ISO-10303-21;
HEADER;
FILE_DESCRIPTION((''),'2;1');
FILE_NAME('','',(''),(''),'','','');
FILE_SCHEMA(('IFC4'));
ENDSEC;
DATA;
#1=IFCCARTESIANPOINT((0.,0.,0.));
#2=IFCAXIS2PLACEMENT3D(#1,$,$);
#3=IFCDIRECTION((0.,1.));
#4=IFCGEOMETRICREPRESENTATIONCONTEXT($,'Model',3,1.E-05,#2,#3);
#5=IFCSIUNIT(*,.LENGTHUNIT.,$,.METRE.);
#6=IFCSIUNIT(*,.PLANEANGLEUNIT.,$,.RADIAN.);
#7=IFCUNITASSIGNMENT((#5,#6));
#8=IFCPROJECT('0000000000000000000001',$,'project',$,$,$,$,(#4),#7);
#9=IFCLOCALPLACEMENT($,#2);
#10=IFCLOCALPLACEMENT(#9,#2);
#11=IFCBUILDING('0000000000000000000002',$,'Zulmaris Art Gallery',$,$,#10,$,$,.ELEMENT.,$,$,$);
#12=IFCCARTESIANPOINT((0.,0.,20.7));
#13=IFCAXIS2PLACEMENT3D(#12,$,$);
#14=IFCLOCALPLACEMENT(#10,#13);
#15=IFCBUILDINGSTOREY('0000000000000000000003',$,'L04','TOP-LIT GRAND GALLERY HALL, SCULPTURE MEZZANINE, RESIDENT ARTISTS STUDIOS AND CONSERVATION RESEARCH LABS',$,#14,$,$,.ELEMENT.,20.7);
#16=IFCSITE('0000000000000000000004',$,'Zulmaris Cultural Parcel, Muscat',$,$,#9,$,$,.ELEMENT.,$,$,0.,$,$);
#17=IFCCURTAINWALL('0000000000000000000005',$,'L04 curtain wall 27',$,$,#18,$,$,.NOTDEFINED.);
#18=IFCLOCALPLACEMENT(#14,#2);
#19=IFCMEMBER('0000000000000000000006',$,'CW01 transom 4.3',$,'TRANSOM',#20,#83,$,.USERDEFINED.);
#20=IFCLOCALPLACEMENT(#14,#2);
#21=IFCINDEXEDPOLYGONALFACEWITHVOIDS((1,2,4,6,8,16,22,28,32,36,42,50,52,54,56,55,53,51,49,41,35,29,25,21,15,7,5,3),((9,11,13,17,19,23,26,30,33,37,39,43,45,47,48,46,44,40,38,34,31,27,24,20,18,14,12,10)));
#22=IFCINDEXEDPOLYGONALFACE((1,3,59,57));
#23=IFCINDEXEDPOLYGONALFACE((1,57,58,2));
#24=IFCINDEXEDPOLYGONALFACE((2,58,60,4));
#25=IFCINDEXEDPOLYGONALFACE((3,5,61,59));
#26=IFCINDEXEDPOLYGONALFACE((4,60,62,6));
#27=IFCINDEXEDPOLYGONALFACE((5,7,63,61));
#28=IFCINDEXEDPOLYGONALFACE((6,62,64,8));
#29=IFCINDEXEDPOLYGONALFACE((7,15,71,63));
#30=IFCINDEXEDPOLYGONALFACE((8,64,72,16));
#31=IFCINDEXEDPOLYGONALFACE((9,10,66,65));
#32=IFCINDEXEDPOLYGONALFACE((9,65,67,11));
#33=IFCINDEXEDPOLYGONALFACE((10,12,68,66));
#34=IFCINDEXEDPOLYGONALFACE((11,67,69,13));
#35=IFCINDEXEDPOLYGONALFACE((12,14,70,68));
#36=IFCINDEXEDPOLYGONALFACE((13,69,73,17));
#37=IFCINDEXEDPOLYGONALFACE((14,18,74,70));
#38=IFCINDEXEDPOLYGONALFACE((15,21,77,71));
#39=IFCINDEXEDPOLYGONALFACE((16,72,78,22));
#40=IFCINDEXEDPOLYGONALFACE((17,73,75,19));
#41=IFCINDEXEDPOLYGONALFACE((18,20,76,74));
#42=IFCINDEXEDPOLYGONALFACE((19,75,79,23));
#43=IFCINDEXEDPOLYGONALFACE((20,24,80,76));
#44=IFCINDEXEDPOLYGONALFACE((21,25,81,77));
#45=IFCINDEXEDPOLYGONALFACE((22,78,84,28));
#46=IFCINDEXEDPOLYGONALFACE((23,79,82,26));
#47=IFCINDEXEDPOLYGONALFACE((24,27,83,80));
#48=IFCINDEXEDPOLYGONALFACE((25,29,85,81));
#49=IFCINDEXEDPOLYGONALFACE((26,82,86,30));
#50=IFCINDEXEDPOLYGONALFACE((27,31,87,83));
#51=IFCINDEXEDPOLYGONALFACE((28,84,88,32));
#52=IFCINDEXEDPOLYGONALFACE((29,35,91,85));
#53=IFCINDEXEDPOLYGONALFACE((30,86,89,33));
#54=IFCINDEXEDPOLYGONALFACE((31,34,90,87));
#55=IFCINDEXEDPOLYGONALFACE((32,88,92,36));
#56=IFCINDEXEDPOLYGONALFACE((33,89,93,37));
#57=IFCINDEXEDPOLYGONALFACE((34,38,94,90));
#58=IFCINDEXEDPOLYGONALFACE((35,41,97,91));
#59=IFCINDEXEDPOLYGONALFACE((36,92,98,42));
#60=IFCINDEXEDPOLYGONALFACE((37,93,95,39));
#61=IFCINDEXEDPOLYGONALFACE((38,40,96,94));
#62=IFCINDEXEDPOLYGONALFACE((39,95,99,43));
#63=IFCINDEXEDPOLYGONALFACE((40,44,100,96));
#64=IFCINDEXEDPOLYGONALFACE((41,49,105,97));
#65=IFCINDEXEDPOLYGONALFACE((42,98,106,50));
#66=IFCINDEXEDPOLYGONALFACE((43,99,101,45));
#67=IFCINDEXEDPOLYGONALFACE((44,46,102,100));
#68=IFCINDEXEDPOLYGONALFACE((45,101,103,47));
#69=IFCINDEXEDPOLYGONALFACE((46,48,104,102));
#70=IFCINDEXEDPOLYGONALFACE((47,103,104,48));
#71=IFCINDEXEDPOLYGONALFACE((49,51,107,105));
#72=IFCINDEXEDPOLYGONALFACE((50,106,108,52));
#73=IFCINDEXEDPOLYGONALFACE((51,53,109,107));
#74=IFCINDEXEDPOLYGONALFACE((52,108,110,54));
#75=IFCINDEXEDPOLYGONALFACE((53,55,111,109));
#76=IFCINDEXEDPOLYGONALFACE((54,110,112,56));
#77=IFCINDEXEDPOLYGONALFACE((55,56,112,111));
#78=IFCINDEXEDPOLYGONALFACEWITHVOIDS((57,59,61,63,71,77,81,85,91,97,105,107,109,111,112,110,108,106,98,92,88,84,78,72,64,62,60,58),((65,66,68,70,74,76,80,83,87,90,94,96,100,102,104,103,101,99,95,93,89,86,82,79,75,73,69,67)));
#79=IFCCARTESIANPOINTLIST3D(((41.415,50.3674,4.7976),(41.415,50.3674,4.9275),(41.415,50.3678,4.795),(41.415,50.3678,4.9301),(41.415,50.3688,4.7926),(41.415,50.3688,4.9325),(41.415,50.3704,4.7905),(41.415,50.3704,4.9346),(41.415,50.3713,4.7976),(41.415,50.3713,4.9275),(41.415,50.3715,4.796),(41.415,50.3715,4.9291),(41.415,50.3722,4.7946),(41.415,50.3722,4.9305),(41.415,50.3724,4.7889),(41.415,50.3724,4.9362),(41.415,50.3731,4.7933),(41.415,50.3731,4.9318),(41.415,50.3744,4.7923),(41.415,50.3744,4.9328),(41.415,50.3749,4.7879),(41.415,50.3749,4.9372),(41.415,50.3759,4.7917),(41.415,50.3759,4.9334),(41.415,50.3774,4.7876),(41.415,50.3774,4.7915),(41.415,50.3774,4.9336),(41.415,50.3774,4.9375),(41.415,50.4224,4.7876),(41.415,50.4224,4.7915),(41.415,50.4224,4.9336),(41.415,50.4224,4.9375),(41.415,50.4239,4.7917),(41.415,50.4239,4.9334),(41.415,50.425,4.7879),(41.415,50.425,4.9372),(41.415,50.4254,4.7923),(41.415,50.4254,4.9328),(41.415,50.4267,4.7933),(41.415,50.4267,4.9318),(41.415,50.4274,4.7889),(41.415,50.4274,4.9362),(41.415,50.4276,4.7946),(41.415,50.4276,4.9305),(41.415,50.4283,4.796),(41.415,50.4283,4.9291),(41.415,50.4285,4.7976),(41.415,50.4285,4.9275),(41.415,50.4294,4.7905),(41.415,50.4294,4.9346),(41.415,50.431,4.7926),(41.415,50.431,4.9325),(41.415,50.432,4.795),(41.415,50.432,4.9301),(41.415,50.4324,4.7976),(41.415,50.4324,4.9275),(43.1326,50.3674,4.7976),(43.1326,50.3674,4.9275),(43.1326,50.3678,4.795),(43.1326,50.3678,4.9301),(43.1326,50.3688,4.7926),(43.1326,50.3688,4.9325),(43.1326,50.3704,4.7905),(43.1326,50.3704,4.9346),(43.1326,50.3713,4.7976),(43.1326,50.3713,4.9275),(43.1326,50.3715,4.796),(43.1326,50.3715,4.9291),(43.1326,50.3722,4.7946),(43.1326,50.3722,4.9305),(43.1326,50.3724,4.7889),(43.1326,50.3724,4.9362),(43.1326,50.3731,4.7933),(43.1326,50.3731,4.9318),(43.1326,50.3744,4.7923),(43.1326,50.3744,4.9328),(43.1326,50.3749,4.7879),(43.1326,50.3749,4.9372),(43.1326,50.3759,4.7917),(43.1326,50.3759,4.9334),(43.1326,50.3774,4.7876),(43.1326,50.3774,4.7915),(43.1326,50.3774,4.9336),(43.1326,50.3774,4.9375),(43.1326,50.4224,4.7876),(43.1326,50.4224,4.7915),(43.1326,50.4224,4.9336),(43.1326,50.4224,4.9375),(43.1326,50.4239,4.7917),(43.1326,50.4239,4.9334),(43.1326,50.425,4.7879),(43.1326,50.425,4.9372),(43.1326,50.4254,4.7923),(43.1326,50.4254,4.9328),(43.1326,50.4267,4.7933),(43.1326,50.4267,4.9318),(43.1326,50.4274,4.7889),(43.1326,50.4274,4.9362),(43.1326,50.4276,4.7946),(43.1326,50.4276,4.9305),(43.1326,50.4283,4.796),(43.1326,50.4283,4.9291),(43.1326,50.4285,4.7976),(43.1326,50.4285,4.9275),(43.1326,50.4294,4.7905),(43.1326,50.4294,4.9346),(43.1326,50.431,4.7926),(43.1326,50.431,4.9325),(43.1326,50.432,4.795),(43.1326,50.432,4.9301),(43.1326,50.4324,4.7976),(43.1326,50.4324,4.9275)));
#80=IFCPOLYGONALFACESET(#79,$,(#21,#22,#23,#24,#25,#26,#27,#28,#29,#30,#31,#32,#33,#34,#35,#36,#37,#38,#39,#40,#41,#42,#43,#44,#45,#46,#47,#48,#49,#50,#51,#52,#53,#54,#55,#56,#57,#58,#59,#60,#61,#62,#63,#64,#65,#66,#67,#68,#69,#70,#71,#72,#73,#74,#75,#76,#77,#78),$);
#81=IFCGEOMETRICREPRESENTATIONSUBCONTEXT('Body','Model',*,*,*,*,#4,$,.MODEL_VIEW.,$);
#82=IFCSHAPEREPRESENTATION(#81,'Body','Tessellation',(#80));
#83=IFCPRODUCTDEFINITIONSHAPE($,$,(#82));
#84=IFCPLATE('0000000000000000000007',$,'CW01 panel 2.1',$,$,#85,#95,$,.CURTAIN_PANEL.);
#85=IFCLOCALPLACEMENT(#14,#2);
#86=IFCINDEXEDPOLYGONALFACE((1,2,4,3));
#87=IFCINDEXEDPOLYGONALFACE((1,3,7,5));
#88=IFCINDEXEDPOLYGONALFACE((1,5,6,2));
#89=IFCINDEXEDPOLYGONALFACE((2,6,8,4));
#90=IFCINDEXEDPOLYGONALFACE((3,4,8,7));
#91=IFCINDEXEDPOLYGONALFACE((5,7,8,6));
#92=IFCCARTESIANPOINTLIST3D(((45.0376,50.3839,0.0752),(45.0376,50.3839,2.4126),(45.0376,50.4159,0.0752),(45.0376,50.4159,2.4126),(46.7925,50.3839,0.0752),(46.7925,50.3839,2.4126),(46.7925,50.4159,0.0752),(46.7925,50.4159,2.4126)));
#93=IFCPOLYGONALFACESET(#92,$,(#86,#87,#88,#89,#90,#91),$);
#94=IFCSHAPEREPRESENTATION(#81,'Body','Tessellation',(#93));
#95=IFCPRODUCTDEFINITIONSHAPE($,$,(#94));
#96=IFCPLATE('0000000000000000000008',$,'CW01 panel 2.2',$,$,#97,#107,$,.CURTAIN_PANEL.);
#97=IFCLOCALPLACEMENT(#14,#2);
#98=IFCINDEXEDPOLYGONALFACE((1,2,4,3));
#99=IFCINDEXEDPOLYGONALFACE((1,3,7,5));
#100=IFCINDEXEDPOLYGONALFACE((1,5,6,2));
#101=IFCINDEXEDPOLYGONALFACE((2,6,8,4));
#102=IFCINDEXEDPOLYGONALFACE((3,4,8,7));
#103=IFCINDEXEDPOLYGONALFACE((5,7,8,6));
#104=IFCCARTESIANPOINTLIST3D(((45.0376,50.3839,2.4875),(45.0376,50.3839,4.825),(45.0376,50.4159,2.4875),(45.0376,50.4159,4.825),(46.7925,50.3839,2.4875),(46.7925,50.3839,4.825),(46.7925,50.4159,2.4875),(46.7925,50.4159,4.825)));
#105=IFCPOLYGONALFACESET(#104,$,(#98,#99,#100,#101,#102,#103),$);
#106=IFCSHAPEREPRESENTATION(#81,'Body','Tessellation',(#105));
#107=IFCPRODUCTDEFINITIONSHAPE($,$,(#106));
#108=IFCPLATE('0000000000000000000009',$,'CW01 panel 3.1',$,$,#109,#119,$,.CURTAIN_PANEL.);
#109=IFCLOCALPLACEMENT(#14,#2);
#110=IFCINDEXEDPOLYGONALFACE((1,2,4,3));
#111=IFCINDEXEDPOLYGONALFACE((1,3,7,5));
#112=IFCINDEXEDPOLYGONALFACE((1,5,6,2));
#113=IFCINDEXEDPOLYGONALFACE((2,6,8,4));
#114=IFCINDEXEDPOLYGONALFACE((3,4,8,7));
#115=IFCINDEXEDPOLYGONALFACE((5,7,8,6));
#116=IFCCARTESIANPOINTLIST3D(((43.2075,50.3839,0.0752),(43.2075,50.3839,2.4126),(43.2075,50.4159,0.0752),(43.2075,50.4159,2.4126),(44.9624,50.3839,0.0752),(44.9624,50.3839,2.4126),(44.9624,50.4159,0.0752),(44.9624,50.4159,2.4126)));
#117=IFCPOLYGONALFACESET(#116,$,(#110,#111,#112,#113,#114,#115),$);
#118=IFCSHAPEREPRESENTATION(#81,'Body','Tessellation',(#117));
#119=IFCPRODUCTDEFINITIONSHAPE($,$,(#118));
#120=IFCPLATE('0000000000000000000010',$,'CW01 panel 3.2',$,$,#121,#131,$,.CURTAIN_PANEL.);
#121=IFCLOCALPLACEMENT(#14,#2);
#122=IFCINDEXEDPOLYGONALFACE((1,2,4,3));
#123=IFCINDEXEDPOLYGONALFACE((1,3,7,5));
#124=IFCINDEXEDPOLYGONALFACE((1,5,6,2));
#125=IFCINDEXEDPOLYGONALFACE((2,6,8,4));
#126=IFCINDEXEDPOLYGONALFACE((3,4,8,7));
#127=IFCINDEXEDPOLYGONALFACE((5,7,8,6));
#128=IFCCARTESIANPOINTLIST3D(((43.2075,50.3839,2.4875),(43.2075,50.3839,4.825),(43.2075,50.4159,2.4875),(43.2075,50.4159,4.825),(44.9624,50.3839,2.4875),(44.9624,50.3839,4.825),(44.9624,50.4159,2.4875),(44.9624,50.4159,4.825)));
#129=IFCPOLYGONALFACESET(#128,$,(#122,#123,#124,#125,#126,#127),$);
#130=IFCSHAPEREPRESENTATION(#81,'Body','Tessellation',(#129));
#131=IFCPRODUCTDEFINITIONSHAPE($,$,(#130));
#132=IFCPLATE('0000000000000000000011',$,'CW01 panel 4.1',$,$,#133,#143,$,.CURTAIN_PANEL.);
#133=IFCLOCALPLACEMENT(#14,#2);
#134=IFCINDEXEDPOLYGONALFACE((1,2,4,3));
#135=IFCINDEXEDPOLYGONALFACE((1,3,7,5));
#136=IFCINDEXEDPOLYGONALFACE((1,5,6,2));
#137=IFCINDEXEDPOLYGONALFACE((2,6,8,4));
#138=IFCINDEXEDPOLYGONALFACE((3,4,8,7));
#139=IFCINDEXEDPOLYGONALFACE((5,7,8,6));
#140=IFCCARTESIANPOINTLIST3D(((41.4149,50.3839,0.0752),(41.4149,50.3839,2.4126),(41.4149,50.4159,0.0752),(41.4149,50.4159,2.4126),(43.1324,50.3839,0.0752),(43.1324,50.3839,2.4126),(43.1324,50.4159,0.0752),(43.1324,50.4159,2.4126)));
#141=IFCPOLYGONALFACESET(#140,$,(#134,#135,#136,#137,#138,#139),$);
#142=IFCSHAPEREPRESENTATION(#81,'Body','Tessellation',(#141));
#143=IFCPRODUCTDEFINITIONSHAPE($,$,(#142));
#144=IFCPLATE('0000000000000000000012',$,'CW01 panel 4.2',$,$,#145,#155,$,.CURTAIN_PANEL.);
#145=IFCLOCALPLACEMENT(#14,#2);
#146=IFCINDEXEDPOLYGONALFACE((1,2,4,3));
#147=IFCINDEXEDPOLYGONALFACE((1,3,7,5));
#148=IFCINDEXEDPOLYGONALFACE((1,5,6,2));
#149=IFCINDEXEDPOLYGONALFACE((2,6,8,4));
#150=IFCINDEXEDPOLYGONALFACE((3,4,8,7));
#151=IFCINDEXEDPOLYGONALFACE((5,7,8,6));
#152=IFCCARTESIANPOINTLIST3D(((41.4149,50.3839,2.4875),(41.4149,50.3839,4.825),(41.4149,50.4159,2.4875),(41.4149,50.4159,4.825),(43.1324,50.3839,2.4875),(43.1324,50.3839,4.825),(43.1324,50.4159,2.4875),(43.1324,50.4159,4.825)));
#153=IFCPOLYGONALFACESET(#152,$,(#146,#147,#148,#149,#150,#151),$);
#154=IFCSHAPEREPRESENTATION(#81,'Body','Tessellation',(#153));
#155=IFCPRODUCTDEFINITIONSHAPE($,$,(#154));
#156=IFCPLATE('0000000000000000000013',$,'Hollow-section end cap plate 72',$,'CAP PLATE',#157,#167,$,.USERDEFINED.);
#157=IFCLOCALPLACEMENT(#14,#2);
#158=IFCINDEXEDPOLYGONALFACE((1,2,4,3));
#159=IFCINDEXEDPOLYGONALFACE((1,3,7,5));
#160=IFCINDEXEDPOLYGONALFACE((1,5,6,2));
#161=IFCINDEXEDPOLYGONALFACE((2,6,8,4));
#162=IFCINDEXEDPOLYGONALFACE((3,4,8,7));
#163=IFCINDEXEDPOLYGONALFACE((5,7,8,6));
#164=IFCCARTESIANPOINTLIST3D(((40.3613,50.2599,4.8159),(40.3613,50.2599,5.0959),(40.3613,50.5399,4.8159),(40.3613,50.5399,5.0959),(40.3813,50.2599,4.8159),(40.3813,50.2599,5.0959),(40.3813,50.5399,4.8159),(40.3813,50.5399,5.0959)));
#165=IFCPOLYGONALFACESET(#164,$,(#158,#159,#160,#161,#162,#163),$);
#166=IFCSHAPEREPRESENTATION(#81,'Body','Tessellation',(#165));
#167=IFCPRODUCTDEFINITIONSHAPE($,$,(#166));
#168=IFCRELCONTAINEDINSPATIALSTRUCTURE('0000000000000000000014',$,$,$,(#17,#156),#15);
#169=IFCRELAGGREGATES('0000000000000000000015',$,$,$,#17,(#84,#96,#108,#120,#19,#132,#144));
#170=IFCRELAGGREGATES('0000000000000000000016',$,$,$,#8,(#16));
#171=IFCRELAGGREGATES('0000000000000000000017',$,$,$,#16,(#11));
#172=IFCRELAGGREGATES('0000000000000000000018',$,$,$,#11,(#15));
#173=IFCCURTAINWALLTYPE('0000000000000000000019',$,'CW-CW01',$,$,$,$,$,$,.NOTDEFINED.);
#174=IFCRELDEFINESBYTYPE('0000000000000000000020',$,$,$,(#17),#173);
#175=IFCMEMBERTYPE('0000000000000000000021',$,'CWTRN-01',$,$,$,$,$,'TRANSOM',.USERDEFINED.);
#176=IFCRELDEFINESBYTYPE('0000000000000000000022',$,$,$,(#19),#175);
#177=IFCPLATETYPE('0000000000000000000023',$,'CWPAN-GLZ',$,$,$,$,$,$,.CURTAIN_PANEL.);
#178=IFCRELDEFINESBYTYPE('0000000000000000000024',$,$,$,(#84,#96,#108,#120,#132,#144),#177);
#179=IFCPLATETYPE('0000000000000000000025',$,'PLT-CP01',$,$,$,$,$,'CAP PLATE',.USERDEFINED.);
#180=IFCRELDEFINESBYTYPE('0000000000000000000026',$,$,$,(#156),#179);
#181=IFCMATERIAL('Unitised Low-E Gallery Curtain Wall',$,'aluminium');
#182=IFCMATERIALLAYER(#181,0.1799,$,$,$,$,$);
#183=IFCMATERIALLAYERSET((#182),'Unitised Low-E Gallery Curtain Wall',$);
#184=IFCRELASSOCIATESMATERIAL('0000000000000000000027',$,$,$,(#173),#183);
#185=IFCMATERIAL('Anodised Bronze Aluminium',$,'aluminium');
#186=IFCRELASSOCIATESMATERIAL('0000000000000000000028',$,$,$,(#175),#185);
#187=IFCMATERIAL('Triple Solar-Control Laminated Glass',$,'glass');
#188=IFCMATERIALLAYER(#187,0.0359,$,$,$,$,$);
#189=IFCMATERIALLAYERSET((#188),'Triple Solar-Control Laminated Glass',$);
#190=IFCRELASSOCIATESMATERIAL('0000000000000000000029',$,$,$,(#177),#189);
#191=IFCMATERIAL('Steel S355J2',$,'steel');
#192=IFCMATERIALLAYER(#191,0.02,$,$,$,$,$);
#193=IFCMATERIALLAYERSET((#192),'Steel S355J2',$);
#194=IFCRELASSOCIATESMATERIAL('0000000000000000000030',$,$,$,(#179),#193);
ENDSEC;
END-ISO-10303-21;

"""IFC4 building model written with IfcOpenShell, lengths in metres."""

from ifc_helpers import new_model, si_unit, direction, frame, origin, origin_2d, place, context, subcontext, project, spatial, rectangle, hollow_rectangle, extrude, material, layer, layer_set, material_profile, profile_set, type_object, element, aggregate, save


model = new_model("IFC4")

# Units and contexts
model_context = context("Model", 3, precision=1e-05, world=origin(), true_north=direction((0.0, 1.0)))
body_context = subcontext(model_context, "Body", "Model", "MODEL_VIEW")
ifc_project = project(units=[si_unit("LENGTHUNIT", "METRE"), si_unit("PLANEANGLEUNIT", "RADIAN")], contexts=[model_context])

# Site, building, storey
site_placement = place(None, origin())
site = spatial("IfcSite", under=ifc_project, at=site_placement, Name="Zulmaris Cultural Parcel, Muscat", CompositionType="ELEMENT", RefElevation=0.0)
building_placement = place(site_placement, origin())
building = spatial("IfcBuilding", under=site, at=building_placement, Name="Zulmaris Art Gallery", CompositionType="ELEMENT")
storey_placement = place(building_placement, frame((0.0, 0.0, 20.7)))
storey = spatial("IfcBuildingStorey", under=building, at=storey_placement, Name="L04", Description="TOP-LIT GRAND GALLERY HALL, SCULPTURE MEZZANINE, RESIDENT ARTISTS STUDIOS AND CONSERVATION RESEARCH LABS", CompositionType="ELEMENT", Elevation=20.7)

# Shared definitions
ifc_material_1 = material(Name="Steel S355J2", Category="steel")

# Shared definitions
ifc_material_2 = material(Name="Unitised Low-E Gallery Curtain Wall", Category="aluminium")
ifc_layer_1 = layer(ifc_material_2, 0.1799)
ifc_layer_set_1 = layer_set([ifc_layer_1], Name="Unitised Low-E Gallery Curtain Wall")
curtain_wall_type = type_object("IfcCurtainWallType", Name="CW-CW01", PredefinedType="NOTDEFINED", material=ifc_layer_set_1)
ifc_material_3 = material(Name="Anodised Bronze Aluminium", Category="aluminium")

# Curtain wall, member, plates
curtain_wall_1_placement = place(storey_placement, origin())
curtain_wall_1 = element("IfcCurtainWall", 1, at=curtain_wall_1_placement, inside=storey, type_object=curtain_wall_type, Name="L04 curtain wall 27", PredefinedType="NOTDEFINED")
ifc_material_profile_1 = material_profile(ifc_material_3, hollow_rectangle(XDim=0.0649, YDim=0.1499, WallThickness=0.0039, InnerFilletRadius=0.0061, OuterFilletRadius=0.01, at=origin_2d()), Name="ALU 65x150x4")
ifc_profile_set_1 = profile_set([ifc_material_profile_1], Name="Anodised Bronze Aluminium")
member_type_1 = type_object("IfcMemberType", Name="CWTRN-01", ElementType="TRANSOM", PredefinedType="USERDEFINED", material=ifc_profile_set_1)
member_1_placement = place(storey_placement, frame((43.1326, 50.3999, 4.8625), z_axis=(-1.0, 0.0, 0.0), x_axis=(0.0, -1.0, 0.0)))
member_1 = element("IfcMember", 2, at=member_1_placement, type_object=member_type_1, Name="CW01 transom 4.3", ObjectType="TRANSOM", PredefinedType="USERDEFINED", context=body_context, shape_type="SweptSolid", body=[
    extrude(hollow_rectangle(XDim=0.0649, YDim=0.1499, WallThickness=0.0039, InnerFilletRadius=0.0061, OuterFilletRadius=0.01, at=origin_2d()), origin(), (0.0, 0.0, 1.0), 1.7175),
])
ifc_material_4 = material(Name="Triple Solar-Control Laminated Glass", Category="glass")
ifc_layer_2 = layer(ifc_material_4, 0.0359)
ifc_layer_set_2 = layer_set([ifc_layer_2], Name="Triple Solar-Control Laminated Glass")
plate_type_1 = type_object("IfcPlateType", Name="CWPAN-GLZ", PredefinedType="CURTAIN_PANEL", material=ifc_layer_set_2)
plate_1_placement = place(storey_placement, frame((45.915, 50.3999, 0.0752), z_axis=(0.0, 0.0, 1.0), x_axis=(-1.0, 0.0, 0.0)))
plate_1 = element("IfcPlate", 3, at=plate_1_placement, type_object=plate_type_1, Name="CW01 panel 2.1", PredefinedType="CURTAIN_PANEL", context=body_context, shape_type="SweptSolid", body=[
    extrude(rectangle(XDim=1.7549, YDim=0.032, at=origin_2d()), origin(), (0.0, 0.0, 1.0), 2.3374),
])
plate_2_placement = place(storey_placement, frame((45.915, 50.3999, 2.4875), z_axis=(0.0, 0.0, 1.0), x_axis=(-1.0, 0.0, 0.0)))
plate_2 = element("IfcPlate", 4, at=plate_2_placement, type_object=plate_type_1, Name="CW01 panel 2.2", PredefinedType="CURTAIN_PANEL", context=body_context, shape_type="SweptSolid", body=[
    extrude(rectangle(XDim=1.7549, YDim=0.032, at=origin_2d()), origin(), (0.0, 0.0, 1.0), 2.3374),
])
plate_3_placement = place(storey_placement, frame((44.085, 50.3999, 0.0752), z_axis=(0.0, 0.0, 1.0), x_axis=(-1.0, 0.0, 0.0)))
plate_3 = element("IfcPlate", 5, at=plate_3_placement, type_object=plate_type_1, Name="CW01 panel 3.1", PredefinedType="CURTAIN_PANEL", context=body_context, shape_type="SweptSolid", body=[
    extrude(rectangle(XDim=1.7549, YDim=0.032, at=origin_2d()), origin(), (0.0, 0.0, 1.0), 2.3374),
])
plate_4_placement = place(storey_placement, frame((44.085, 50.3999, 2.4875), z_axis=(0.0, 0.0, 1.0), x_axis=(-1.0, 0.0, 0.0)))
plate_4 = element("IfcPlate", 6, at=plate_4_placement, type_object=plate_type_1, Name="CW01 panel 3.2", PredefinedType="CURTAIN_PANEL", context=body_context, shape_type="SweptSolid", body=[
    extrude(rectangle(XDim=1.7549, YDim=0.032, at=origin_2d()), origin(), (0.0, 0.0, 1.0), 2.3374),
])
plate_5_placement = place(storey_placement, frame((42.2737, 50.3999, 0.0752), z_axis=(0.0, 0.0, 1.0), x_axis=(-1.0, 0.0, 0.0)))
plate_5 = element("IfcPlate", 7, at=plate_5_placement, type_object=plate_type_1, Name="CW01 panel 4.1", PredefinedType="CURTAIN_PANEL", context=body_context, shape_type="SweptSolid", body=[
    extrude(rectangle(XDim=1.7175, YDim=0.032, at=origin_2d()), origin(), (0.0, 0.0, 1.0), 2.3374),
])
plate_6_placement = place(storey_placement, frame((42.2737, 50.3999, 2.4875), z_axis=(0.0, 0.0, 1.0), x_axis=(-1.0, 0.0, 0.0)))
plate_6 = element("IfcPlate", 8, at=plate_6_placement, type_object=plate_type_1, Name="CW01 panel 4.2", PredefinedType="CURTAIN_PANEL", context=body_context, shape_type="SweptSolid", body=[
    extrude(rectangle(XDim=1.7175, YDim=0.032, at=origin_2d()), origin(), (0.0, 0.0, 1.0), 2.3374),
])
aggregate(curtain_wall_1, [plate_1, plate_2, plate_3, plate_4, member_1, plate_5, plate_6])

# Plate
ifc_layer_3 = layer(ifc_material_1, 0.02)
ifc_layer_set_3 = layer_set([ifc_layer_3], Name="Steel S355J2")
plate_type_2 = type_object("IfcPlateType", Name="PLT-CP01", ElementType="CAP PLATE", PredefinedType="USERDEFINED", material=ifc_layer_set_3)
plate_7_placement = place(storey_placement, frame((40.3713, 50.3999, 4.8159), z_axis=(0.0, 0.0, 1.0), x_axis=(1.0, 0.0, 0.0)))
element("IfcPlate", 9, at=plate_7_placement, inside=storey, type_object=plate_type_2, Name="Hollow-section end cap plate 72", ObjectType="CAP PLATE", PredefinedType="USERDEFINED", context=body_context, shape_type="SweptSolid", body=[
    extrude(rectangle(XDim=0.02, YDim=0.28, at=origin_2d()), origin(), (0.0, 0.0, 1.0), 0.28),
])

save(model, "model.ifc")
